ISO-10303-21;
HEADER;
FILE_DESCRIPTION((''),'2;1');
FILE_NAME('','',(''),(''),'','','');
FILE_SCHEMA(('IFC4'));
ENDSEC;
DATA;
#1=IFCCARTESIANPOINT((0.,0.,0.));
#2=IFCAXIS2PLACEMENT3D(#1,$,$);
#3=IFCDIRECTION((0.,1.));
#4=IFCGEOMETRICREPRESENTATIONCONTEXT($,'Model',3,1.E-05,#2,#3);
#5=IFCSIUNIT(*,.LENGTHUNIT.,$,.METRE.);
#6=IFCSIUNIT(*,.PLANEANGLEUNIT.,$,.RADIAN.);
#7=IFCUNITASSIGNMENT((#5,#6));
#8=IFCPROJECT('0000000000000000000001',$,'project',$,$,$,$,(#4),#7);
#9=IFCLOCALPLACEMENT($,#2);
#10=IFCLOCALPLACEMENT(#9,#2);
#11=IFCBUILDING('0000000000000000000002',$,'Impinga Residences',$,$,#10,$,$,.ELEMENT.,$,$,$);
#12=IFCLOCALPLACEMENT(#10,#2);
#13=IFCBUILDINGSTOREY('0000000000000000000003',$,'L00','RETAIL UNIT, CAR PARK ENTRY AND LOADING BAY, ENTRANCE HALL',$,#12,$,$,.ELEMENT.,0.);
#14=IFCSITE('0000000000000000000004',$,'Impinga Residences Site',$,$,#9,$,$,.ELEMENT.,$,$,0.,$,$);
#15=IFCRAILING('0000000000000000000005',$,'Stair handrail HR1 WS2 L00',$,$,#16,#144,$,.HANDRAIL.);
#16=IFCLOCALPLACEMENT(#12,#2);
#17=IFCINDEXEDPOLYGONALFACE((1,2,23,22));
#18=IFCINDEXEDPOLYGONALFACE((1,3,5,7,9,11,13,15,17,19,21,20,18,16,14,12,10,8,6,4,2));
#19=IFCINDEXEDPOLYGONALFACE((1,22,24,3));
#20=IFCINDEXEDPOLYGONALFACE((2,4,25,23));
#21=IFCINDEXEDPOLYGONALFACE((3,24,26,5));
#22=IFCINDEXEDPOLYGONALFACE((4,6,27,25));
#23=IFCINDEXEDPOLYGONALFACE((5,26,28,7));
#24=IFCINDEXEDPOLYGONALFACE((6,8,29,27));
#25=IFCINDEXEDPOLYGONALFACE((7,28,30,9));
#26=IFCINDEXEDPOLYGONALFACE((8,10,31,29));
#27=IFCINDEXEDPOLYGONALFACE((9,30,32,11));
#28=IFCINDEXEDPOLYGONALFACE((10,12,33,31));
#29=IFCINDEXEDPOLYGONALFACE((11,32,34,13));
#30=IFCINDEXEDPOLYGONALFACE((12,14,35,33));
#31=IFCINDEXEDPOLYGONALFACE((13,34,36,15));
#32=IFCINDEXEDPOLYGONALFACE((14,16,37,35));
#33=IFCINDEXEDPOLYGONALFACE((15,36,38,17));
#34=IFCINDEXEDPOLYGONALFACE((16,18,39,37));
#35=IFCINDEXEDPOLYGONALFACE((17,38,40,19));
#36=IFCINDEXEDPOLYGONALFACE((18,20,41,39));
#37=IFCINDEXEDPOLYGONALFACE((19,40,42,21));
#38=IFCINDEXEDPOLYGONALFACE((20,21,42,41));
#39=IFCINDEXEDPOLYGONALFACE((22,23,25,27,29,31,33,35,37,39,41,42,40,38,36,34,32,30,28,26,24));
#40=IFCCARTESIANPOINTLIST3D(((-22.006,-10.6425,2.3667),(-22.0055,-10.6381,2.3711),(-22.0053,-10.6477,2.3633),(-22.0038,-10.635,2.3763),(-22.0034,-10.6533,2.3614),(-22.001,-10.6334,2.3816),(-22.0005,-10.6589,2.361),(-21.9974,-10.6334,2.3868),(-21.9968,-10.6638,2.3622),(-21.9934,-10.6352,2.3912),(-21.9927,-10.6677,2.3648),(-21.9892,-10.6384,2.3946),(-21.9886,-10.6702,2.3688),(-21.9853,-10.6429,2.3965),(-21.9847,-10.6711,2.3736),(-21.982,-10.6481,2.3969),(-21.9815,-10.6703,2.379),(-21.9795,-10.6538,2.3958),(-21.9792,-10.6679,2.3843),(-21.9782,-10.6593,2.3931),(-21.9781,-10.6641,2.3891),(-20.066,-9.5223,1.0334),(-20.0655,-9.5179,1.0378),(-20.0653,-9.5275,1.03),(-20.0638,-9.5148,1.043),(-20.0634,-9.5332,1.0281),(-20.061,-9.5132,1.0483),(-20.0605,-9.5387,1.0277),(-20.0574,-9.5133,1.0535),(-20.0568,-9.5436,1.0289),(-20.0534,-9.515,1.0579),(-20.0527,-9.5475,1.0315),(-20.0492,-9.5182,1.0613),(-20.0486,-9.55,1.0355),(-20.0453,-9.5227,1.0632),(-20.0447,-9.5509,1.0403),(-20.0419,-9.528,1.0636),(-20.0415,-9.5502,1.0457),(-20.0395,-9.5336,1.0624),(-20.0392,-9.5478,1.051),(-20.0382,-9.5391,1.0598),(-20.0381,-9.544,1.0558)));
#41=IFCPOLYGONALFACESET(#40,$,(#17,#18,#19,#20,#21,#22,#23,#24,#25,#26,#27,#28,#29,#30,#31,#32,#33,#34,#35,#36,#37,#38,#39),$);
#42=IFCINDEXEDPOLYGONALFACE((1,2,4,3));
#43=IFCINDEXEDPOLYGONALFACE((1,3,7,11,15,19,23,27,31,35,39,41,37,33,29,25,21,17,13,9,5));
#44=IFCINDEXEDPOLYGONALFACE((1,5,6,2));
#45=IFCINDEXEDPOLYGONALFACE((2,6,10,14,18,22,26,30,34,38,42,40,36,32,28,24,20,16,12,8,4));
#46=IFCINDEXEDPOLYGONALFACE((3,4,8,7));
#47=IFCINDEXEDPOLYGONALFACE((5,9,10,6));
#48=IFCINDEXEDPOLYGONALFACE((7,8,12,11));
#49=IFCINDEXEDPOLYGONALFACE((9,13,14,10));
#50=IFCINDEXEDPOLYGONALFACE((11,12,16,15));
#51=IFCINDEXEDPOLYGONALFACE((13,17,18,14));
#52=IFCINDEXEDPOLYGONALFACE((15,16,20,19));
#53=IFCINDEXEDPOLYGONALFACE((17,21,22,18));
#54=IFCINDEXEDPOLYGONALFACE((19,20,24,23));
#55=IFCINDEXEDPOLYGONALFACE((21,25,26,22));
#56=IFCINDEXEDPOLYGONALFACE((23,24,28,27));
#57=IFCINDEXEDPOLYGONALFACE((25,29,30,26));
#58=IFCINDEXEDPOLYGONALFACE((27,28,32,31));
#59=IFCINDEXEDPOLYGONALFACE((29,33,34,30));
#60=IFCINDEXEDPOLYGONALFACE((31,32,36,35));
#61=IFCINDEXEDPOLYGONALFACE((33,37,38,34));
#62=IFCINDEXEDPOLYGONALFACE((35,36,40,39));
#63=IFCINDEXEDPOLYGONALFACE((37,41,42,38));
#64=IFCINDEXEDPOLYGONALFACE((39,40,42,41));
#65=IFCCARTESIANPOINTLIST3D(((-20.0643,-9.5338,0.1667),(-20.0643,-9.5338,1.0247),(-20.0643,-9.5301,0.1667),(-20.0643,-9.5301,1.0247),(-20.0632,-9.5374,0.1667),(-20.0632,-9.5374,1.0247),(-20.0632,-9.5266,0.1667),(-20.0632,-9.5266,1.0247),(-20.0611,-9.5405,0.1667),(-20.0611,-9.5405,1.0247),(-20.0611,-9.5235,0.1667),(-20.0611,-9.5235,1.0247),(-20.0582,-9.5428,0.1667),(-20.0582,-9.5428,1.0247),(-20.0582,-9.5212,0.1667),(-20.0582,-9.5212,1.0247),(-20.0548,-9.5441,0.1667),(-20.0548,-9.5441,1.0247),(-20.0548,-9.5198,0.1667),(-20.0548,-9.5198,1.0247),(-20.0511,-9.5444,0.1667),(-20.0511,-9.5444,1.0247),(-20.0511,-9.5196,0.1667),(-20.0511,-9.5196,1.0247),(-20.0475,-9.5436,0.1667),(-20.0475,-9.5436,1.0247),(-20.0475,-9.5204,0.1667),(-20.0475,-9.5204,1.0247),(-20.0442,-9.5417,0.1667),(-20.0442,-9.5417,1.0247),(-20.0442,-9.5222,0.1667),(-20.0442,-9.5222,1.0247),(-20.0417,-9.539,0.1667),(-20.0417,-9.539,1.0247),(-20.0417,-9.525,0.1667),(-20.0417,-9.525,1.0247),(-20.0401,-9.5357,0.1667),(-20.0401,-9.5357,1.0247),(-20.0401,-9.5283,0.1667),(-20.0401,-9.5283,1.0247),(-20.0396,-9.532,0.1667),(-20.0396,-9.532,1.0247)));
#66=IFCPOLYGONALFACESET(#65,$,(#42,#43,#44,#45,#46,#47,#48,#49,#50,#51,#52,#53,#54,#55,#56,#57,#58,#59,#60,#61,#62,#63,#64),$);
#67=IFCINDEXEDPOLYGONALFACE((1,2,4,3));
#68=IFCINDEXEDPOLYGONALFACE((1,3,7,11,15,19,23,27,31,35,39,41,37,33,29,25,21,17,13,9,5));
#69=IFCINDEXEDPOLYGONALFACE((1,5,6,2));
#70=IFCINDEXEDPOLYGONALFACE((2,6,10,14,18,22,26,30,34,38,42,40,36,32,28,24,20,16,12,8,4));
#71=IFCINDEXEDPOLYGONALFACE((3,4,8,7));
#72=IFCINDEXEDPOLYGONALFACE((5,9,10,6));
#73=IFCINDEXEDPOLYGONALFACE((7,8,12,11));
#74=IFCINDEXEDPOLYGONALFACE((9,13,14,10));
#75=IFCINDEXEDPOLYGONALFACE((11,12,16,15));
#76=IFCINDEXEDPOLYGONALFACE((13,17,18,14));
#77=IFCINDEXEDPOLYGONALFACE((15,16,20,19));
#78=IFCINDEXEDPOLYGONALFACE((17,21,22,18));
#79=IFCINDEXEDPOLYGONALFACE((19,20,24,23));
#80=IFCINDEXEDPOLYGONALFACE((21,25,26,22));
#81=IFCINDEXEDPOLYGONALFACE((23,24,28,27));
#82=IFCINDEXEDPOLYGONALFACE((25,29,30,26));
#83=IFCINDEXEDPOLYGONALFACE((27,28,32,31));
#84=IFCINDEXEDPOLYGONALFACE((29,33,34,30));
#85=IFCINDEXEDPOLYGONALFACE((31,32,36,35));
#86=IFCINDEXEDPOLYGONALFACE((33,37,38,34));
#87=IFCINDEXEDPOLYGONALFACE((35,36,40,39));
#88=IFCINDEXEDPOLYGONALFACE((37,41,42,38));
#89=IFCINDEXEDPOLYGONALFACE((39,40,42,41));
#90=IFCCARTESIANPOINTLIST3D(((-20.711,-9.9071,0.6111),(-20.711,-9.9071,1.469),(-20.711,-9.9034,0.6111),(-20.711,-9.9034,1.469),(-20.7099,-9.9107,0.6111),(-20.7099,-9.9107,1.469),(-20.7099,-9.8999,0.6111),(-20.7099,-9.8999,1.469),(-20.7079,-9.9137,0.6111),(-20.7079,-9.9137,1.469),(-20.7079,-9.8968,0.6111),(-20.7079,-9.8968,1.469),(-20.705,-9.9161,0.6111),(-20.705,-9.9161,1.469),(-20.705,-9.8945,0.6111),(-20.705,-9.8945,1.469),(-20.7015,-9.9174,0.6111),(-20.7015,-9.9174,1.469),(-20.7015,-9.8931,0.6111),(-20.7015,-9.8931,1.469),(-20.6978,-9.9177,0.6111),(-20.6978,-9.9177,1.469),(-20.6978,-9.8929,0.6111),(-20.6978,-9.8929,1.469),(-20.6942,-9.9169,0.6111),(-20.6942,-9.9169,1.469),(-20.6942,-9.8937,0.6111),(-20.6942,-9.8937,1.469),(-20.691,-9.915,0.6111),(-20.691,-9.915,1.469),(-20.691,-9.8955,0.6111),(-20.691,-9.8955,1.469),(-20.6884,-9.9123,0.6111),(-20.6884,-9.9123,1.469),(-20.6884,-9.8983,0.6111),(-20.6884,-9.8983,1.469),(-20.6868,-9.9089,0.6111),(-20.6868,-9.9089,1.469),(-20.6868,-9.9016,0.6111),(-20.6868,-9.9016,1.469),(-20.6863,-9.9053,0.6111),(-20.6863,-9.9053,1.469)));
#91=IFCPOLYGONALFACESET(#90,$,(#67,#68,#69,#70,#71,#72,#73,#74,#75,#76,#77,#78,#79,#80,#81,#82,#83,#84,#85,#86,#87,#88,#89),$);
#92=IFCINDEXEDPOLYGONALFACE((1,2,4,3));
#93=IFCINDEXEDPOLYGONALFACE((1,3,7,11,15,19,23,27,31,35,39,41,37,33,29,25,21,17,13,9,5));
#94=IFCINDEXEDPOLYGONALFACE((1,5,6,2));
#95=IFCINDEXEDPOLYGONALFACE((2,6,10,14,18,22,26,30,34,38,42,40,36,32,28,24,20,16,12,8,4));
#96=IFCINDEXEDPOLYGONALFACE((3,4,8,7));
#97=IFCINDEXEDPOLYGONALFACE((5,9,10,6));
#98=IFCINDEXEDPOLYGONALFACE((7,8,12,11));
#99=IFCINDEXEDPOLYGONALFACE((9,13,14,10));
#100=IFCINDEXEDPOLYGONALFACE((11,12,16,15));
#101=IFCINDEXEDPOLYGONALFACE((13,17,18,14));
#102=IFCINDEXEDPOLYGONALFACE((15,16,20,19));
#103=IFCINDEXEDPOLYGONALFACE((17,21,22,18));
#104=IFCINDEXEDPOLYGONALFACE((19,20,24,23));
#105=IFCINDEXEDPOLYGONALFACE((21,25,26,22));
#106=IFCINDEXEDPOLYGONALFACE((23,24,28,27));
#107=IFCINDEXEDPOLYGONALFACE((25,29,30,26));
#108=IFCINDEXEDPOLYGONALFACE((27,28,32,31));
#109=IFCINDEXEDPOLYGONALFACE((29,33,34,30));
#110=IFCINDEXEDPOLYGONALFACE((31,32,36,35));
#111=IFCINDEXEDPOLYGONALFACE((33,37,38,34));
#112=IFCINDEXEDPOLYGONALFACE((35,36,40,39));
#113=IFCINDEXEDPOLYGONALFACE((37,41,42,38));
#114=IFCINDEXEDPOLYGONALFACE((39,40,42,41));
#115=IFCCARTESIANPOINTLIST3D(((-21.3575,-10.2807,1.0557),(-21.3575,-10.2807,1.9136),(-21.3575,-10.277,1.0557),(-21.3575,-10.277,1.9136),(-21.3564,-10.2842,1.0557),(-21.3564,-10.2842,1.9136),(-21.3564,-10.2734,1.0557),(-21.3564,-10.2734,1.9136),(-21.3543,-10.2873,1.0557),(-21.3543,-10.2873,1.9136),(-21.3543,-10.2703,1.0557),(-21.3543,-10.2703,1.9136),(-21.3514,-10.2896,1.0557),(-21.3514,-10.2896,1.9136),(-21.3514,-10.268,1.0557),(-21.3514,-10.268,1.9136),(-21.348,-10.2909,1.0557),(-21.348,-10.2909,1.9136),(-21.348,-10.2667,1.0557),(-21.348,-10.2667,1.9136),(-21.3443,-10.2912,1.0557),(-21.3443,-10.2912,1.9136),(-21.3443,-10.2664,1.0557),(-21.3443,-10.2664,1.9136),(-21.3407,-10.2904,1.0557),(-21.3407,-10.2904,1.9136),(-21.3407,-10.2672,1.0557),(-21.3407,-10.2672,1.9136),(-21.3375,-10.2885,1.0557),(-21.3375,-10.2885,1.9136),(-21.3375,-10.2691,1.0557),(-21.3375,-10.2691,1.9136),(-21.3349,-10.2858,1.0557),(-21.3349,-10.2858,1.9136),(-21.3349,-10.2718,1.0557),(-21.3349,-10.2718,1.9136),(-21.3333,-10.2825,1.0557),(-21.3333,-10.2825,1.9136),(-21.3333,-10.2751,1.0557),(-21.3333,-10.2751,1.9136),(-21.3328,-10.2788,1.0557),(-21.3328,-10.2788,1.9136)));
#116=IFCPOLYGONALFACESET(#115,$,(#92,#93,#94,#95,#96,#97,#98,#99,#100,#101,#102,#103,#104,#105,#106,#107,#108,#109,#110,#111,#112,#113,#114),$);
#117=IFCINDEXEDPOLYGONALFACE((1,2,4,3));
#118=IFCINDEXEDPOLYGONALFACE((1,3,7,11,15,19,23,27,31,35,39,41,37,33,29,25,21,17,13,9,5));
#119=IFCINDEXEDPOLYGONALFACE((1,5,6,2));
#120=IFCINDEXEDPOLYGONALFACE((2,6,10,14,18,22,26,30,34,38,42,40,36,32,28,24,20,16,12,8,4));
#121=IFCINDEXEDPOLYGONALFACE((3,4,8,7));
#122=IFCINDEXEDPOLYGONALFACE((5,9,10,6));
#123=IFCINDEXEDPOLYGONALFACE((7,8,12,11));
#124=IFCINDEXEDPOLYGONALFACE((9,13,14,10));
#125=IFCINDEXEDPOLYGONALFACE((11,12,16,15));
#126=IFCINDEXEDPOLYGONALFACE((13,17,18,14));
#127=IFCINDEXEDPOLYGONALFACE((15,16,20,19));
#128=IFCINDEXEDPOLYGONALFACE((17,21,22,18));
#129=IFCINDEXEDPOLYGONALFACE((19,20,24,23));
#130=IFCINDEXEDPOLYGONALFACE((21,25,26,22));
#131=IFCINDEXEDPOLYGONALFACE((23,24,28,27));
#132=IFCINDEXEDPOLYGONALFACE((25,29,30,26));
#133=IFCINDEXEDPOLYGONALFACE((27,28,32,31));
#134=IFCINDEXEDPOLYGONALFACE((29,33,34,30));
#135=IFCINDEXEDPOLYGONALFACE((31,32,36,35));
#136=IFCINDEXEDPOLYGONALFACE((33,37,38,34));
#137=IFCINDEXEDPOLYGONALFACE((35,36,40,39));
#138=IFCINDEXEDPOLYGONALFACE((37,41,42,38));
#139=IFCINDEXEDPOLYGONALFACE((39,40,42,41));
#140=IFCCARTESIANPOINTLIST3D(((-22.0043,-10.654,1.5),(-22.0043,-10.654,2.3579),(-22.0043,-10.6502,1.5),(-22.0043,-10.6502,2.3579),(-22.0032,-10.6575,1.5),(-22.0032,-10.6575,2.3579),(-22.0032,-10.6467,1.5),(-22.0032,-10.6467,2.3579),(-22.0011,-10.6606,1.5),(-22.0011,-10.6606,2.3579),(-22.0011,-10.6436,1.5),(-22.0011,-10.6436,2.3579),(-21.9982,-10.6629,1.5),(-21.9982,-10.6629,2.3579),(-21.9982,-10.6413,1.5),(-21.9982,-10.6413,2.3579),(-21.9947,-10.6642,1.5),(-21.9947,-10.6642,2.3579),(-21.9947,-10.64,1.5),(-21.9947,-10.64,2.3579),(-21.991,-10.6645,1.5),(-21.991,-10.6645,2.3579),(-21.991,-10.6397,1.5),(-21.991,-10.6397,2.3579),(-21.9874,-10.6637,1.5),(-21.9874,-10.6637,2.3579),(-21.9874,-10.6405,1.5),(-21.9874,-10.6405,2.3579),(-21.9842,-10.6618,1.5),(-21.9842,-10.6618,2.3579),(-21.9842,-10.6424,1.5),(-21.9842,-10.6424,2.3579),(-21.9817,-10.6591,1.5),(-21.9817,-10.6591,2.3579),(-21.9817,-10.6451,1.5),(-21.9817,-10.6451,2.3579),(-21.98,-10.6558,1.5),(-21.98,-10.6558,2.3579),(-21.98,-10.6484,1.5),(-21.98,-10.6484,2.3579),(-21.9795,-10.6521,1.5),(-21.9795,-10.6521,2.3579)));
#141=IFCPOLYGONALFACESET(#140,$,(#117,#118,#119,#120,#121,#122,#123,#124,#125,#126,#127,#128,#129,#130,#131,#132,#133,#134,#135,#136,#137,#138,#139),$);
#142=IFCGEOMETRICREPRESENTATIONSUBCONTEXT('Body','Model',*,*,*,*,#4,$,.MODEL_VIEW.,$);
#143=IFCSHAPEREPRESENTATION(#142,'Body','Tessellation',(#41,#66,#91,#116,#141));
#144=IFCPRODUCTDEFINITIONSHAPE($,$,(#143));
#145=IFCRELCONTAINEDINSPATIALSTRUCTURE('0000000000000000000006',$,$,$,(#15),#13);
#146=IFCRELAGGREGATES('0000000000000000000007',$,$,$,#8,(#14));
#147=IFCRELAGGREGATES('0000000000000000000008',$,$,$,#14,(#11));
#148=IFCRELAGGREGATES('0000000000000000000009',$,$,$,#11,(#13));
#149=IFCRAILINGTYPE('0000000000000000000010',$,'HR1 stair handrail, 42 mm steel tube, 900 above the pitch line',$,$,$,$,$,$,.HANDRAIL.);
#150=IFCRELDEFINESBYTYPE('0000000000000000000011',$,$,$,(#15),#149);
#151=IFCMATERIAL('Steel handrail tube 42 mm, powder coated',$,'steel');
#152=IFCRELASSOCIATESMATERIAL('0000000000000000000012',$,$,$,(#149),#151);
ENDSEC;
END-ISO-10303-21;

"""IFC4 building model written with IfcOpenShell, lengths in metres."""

from ifc_helpers import new_model, si_unit, direction, frame, origin, origin_2d, place, context, subcontext, project, spatial, circle, extrude, material, type_object, element, save


model = new_model("IFC4")

# Units and contexts
model_context = context("Model", 3, precision=1e-05, world=origin(), true_north=direction((0.0, 1.0)))
body_context = subcontext(model_context, "Body", "Model", "MODEL_VIEW")
ifc_project = project(units=[si_unit("LENGTHUNIT", "METRE"), si_unit("PLANEANGLEUNIT", "RADIAN")], contexts=[model_context])

# Site, building, storey
site_placement = place(None, origin())
site = spatial("IfcSite", under=ifc_project, at=site_placement, Name="Impinga Residences Site", CompositionType="ELEMENT", RefElevation=0.0)
building_placement = place(site_placement, origin())
building = spatial("IfcBuilding", under=site, at=building_placement, Name="Impinga Residences", CompositionType="ELEMENT")
storey_placement = place(building_placement, origin())
storey = spatial("IfcBuildingStorey", under=building, at=storey_placement, Name="L00", Description="RETAIL UNIT, CAR PARK ENTRY AND LOADING BAY, ENTRANCE HALL", CompositionType="ELEMENT", Elevation=0.0)

# Railing
ifc_material_1 = material(Name="Steel handrail tube 42 mm, powder coated", Category="steel")
railing_type_1 = type_object("IfcRailingType", Name="HR1 stair handrail, 42 mm steel tube, 900 above the pitch line", PredefinedType="HANDRAIL", material=ifc_material_1)
for number, where, name in (
    (1, (-20.052, -9.532, 0.1667), "Stair handrail HR1 WS2 L00"),
):
    element("IfcRailing", number, at=place(storey_placement, frame(where)), inside=storey, type_object=railing_type_1, Name=name, PredefinedType="HANDRAIL", context=body_context, shape_type="SweptSolid", body=[
        extrude(circle(Radius=0.021, at=origin_2d()), frame((0.0, 0.0, 0.8789), z_axis=(-0.744175, -0.429684, 0.511444), x_axis=(0.500031, -0.866008, 0.0)), (0.0, 0.0, 1.0), 2.6069),
        extrude(circle(Radius=0.0125, at=origin_2d()), origin(), (0.0, 0.0, 1.0), 0.8579),
        extrude(circle(Radius=0.0125, at=origin_2d()), frame((-0.6467, -0.3733, 0.4443)), (0.0, 0.0, 1.0), 0.8579),
        extrude(circle(Radius=0.0125, at=origin_2d()), frame((-1.2932, -0.7468, 0.8889)), (0.0, 0.0, 1.0), 0.8579),
        extrude(circle(Radius=0.0125, at=origin_2d()), frame((-1.9399, -1.1201, 1.3333)), (0.0, 0.0, 1.0), 0.8579),
    ])

save(model, "model.ifc")
